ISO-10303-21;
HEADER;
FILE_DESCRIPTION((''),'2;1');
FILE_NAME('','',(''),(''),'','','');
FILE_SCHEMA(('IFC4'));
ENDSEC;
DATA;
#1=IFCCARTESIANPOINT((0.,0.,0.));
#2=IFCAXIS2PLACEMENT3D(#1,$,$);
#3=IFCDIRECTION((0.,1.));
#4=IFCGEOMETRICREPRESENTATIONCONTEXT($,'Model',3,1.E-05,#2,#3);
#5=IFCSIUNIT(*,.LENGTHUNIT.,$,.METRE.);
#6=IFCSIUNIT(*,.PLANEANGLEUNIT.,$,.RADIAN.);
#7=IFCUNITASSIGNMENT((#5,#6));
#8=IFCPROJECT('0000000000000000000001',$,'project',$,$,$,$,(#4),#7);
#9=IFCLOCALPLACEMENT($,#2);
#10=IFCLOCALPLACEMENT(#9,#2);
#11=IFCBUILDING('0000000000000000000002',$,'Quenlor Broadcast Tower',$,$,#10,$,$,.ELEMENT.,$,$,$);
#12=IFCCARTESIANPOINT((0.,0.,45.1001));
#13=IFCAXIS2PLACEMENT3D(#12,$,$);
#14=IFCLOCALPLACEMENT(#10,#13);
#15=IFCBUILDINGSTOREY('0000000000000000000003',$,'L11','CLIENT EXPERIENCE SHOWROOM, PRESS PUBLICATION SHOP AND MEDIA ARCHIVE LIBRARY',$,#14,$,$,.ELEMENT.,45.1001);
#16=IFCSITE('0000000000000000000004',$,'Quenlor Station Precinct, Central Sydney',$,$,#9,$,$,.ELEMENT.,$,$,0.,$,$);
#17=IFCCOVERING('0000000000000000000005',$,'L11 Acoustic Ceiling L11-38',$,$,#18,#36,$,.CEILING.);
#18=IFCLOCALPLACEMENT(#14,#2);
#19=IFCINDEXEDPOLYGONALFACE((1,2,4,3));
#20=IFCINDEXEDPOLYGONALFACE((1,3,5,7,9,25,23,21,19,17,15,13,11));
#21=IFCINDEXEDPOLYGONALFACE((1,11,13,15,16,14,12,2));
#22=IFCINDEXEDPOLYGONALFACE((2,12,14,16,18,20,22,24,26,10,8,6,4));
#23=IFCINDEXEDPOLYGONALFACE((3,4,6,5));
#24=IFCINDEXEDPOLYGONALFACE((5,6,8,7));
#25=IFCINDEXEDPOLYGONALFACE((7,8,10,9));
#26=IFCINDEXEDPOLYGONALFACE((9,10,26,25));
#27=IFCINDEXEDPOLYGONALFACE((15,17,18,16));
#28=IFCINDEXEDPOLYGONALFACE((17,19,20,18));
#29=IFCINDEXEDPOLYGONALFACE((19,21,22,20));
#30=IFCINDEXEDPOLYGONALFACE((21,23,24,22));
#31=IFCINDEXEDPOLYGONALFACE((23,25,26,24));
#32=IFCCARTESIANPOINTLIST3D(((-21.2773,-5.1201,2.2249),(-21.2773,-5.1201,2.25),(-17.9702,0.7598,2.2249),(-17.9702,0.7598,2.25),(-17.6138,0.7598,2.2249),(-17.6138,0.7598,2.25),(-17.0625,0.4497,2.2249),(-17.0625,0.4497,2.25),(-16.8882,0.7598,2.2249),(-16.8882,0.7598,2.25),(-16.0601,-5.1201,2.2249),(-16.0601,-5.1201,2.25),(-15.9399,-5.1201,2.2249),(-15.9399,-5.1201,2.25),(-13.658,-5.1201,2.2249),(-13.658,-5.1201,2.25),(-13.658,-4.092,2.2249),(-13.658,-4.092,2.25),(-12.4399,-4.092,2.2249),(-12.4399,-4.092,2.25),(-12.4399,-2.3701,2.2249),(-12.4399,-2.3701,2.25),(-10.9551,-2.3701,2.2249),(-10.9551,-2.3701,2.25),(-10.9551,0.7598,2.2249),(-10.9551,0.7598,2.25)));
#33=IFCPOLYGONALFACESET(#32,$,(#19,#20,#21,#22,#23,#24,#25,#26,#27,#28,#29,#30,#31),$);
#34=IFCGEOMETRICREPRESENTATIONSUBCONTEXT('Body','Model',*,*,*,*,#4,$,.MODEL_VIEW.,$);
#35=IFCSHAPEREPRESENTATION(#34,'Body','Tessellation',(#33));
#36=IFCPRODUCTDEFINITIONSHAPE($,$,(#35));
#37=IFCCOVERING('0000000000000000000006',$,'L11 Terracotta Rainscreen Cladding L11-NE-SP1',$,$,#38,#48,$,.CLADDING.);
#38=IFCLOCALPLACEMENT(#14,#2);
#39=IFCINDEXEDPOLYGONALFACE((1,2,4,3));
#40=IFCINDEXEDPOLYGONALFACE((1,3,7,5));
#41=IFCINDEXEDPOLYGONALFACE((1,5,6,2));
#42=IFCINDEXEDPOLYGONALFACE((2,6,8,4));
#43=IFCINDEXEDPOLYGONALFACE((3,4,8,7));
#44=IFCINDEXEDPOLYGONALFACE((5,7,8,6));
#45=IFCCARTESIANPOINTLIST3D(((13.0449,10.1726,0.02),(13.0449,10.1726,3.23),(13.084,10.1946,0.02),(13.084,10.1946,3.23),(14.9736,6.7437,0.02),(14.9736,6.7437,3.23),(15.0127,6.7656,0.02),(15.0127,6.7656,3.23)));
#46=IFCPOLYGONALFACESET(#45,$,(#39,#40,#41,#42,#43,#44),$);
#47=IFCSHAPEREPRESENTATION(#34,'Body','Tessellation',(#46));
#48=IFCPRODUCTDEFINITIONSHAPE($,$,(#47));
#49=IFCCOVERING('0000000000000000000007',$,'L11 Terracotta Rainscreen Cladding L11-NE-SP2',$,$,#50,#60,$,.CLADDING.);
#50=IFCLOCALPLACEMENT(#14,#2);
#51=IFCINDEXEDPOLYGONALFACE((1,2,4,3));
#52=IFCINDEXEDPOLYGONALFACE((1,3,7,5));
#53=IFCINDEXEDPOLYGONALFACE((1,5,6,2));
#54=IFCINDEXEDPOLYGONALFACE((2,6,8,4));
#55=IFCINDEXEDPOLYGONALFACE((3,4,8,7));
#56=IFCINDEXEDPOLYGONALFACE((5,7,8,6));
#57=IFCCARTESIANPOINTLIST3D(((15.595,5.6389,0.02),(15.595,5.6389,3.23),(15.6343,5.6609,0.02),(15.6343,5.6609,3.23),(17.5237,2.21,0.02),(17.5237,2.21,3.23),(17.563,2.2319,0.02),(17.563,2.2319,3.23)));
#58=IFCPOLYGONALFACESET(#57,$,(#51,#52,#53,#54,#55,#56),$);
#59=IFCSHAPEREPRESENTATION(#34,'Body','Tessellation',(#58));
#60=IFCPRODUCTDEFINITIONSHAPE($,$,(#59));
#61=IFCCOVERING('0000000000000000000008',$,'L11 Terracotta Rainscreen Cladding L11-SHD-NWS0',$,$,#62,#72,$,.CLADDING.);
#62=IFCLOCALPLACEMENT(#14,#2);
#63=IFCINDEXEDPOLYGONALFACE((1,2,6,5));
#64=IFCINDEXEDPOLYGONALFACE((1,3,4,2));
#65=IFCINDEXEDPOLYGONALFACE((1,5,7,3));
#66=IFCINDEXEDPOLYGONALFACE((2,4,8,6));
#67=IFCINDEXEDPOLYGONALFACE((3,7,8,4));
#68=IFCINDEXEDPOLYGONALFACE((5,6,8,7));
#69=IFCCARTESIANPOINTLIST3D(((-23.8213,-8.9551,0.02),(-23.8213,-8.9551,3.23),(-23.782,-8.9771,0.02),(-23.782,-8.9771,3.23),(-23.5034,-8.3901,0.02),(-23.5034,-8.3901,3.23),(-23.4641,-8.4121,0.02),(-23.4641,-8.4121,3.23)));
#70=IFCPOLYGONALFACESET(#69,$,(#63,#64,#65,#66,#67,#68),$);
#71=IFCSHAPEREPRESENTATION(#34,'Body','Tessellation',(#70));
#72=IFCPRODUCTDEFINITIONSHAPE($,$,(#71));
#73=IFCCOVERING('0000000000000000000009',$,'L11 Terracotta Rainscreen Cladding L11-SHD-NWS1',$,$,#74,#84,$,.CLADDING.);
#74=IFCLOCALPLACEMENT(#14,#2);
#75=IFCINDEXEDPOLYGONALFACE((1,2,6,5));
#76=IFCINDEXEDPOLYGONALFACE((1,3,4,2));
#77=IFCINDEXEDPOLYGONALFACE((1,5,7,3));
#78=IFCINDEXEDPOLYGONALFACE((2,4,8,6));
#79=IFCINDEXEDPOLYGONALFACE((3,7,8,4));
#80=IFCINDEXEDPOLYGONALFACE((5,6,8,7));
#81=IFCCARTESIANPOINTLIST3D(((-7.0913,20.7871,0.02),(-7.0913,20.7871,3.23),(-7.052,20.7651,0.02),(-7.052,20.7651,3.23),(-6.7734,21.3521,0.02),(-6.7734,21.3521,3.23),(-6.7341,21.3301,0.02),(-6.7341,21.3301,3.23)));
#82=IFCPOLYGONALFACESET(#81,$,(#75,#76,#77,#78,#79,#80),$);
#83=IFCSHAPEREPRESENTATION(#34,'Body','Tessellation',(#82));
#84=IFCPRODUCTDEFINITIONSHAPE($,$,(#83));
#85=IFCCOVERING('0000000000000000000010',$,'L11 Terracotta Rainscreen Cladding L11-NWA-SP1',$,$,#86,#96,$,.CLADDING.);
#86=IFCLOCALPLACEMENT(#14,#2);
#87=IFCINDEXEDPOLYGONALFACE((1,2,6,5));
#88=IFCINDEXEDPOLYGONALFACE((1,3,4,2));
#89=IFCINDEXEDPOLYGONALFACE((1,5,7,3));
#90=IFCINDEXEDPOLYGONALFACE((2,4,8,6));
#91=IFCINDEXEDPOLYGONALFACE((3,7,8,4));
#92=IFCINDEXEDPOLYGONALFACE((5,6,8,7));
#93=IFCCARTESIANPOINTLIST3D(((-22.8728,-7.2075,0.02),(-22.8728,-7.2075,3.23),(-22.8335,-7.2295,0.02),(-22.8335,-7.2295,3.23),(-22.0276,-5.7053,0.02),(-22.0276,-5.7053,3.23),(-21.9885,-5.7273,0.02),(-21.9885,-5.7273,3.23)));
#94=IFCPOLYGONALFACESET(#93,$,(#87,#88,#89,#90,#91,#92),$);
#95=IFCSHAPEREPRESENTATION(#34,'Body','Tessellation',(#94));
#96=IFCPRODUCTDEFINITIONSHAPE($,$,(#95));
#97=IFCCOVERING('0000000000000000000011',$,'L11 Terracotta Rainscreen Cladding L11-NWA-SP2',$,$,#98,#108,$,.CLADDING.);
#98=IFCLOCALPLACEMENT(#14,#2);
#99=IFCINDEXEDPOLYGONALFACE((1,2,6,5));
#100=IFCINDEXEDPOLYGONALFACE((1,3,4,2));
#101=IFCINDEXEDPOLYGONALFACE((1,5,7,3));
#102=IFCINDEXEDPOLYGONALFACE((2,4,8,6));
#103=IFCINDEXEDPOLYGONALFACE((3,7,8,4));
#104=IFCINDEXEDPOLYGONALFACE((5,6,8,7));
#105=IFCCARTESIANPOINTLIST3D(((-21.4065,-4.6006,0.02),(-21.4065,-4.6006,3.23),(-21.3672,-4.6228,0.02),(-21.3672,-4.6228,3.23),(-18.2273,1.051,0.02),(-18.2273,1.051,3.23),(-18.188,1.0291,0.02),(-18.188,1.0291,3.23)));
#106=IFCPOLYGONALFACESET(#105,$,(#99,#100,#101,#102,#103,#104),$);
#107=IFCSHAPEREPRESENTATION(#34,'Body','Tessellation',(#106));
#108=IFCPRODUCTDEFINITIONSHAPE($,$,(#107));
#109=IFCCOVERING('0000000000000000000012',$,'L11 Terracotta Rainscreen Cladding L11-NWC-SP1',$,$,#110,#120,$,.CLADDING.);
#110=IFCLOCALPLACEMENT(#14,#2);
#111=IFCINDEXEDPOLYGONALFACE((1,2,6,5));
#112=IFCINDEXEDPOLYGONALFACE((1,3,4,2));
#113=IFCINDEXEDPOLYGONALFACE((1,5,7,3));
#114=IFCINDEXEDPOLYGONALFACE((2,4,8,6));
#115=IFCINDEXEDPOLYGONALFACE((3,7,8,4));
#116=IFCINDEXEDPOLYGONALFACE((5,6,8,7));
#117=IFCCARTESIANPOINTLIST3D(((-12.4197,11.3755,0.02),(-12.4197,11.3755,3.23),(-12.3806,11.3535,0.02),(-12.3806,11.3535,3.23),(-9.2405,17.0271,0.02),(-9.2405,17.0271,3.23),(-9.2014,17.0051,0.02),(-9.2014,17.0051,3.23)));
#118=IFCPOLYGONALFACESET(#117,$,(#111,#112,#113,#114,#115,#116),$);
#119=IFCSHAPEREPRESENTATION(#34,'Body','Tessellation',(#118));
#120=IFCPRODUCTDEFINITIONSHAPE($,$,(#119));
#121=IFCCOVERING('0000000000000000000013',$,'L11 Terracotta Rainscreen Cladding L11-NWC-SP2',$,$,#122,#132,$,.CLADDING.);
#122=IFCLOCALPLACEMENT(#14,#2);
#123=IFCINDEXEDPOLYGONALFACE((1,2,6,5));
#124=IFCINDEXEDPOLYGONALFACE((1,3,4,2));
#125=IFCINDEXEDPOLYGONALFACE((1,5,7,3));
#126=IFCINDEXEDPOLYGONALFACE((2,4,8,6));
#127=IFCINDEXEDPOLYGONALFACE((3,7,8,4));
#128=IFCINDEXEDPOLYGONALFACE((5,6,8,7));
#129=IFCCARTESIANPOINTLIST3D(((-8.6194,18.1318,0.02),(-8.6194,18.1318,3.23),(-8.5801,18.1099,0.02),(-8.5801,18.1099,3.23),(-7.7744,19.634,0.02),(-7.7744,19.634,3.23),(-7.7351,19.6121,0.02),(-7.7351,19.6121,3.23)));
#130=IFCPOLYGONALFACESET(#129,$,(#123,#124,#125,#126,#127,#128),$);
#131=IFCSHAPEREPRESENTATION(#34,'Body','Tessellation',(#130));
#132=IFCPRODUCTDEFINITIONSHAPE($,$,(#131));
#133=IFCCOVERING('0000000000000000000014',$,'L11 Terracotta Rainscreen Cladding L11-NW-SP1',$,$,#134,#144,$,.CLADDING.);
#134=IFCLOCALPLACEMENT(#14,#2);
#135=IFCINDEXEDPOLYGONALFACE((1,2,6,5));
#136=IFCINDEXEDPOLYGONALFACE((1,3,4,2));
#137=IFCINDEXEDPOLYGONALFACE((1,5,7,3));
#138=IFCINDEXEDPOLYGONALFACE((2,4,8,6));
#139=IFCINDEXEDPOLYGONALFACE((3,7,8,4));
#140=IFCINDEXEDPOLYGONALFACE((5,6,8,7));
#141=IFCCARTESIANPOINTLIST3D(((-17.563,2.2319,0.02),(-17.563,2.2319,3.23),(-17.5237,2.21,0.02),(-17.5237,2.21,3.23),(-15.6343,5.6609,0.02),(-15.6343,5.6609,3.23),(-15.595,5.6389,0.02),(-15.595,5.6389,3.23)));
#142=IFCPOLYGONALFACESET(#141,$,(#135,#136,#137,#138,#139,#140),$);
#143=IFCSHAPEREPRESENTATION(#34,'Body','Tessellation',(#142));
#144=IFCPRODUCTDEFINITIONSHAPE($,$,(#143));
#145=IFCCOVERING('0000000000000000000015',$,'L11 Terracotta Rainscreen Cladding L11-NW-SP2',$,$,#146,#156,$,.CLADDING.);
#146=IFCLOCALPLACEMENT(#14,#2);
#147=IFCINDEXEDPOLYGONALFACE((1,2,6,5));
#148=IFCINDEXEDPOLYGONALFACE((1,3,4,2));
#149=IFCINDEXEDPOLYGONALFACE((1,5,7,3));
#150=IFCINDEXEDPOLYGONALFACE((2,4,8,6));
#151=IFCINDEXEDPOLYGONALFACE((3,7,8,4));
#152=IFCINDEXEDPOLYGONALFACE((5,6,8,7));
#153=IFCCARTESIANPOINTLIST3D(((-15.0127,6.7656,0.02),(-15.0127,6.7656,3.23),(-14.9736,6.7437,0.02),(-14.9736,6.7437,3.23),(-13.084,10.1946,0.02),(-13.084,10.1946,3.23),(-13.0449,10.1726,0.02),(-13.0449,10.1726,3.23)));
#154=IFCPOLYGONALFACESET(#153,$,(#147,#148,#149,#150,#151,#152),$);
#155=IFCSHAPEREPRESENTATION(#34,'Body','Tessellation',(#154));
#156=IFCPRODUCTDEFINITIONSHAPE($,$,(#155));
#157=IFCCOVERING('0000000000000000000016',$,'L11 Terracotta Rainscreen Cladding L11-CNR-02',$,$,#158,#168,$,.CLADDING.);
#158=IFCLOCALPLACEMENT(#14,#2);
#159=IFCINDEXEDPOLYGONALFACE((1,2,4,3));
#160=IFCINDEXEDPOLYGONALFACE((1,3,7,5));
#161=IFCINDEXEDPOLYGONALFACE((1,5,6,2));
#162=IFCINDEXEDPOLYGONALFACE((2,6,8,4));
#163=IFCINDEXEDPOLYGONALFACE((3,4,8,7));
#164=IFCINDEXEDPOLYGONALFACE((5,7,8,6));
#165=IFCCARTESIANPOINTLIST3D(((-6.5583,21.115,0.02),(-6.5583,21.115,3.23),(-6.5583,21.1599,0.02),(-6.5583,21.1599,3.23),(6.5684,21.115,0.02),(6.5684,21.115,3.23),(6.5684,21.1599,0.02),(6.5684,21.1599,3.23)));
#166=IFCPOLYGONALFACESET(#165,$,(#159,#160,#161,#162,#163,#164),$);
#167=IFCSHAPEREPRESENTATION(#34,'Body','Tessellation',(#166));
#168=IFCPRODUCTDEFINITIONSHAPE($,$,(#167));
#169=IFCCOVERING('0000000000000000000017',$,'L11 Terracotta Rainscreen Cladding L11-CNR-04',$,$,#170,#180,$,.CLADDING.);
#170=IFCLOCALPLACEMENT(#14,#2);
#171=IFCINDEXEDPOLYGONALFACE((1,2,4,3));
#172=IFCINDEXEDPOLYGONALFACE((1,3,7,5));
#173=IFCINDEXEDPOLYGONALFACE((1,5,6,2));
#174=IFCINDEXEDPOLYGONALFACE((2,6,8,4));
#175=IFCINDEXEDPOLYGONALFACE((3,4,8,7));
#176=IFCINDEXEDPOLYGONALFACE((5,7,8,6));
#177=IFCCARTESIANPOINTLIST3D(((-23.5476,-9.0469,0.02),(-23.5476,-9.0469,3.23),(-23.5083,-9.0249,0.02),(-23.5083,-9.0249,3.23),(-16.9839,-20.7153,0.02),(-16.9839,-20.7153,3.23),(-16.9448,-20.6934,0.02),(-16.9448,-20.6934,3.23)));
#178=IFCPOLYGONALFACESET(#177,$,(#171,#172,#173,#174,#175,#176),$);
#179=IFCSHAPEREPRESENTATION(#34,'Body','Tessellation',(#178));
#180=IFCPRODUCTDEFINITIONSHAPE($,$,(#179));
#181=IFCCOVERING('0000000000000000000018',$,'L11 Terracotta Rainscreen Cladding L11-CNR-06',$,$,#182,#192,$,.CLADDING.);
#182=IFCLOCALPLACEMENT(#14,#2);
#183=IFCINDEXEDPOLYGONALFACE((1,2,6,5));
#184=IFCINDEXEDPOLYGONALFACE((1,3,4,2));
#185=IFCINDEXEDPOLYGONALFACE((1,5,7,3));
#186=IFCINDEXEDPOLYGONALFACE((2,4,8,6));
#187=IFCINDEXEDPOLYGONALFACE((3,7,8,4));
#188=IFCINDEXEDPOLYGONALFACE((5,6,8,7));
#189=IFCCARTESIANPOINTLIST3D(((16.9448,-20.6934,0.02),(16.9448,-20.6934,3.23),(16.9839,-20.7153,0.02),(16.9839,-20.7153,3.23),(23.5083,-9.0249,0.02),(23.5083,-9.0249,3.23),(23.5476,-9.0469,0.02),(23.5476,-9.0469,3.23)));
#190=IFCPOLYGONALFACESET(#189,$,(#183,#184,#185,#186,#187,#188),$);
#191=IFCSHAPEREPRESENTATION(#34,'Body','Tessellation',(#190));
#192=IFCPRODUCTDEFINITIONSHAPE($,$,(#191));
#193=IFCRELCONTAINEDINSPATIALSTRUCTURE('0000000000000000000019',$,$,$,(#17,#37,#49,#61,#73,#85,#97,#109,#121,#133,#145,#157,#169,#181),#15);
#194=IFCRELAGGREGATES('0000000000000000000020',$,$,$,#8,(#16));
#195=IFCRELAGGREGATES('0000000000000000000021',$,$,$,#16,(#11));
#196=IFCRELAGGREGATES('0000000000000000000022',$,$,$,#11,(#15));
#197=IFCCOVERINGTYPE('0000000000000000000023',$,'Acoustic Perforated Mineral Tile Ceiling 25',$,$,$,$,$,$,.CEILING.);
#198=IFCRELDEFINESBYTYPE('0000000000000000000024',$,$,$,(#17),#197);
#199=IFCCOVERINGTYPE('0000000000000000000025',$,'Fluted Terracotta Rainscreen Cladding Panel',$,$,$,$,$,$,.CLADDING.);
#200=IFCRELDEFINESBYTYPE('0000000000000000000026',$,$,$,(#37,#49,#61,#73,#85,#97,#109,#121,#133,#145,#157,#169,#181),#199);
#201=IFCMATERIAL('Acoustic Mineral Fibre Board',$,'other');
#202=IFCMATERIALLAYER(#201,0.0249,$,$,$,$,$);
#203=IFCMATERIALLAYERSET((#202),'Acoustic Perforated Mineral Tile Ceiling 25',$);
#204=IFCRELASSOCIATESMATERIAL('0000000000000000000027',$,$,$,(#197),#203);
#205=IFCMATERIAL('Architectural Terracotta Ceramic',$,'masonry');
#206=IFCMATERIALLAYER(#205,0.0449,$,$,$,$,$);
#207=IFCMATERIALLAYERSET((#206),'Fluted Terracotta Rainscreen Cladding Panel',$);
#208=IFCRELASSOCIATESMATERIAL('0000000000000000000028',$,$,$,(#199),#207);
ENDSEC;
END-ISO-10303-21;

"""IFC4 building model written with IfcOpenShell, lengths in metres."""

from ifc_helpers import new_model, si_unit, direction, frame, origin, place, context, subcontext, project, spatial, polyline, outline, extrude, material, layer, layer_set, type_object, element, save


model = new_model("IFC4")

# Units and contexts
model_context = context("Model", 3, precision=1e-05, world=origin(), true_north=direction((0.0, 1.0)))
body_context = subcontext(model_context, "Body", "Model", "MODEL_VIEW")
ifc_project = project(units=[si_unit("LENGTHUNIT", "METRE"), si_unit("PLANEANGLEUNIT", "RADIAN")], contexts=[model_context])

# Site, building, storey
site_placement = place(None, origin())
site = spatial("IfcSite", under=ifc_project, at=site_placement, Name="Quenlor Station Precinct, Central Sydney", CompositionType="ELEMENT", RefElevation=0.0)
building_placement = place(site_placement, origin())
building = spatial("IfcBuilding", under=site, at=building_placement, Name="Quenlor Broadcast Tower", CompositionType="ELEMENT")
storey_placement = place(building_placement, frame((0.0, 0.0, 45.1001)))
storey = spatial("IfcBuildingStorey", under=building, at=storey_placement, Name="L11", Description="CLIENT EXPERIENCE SHOWROOM, PRESS PUBLICATION SHOP AND MEDIA ARCHIVE LIBRARY", CompositionType="ELEMENT", Elevation=45.1001)

# Coverings
ifc_material_1 = material(Name="Acoustic Mineral Fibre Board", Category="other")
ifc_layer_1 = layer(ifc_material_1, 0.0249)
ifc_layer_set_1 = layer_set([ifc_layer_1], Name="Acoustic Perforated Mineral Tile Ceiling 25")
covering_type_1 = type_object("IfcCoveringType", Name="Acoustic Perforated Mineral Tile Ceiling 25", PredefinedType="CEILING", material=ifc_layer_set_1)
covering_1_placement = place(storey_placement, frame((0.0, 0.0, 2.2249)))
element("IfcCovering", 1, at=covering_1_placement, inside=storey, type_object=covering_type_1, Name="L11 Acoustic Ceiling L11-38", PredefinedType="CEILING", context=body_context, shape_type="SweptSolid", body=[
    extrude(outline(polyline([(-16.8882, 0.7598), (-10.9551, 0.7598), (-10.9551, -2.3701), (-12.4399, -2.3701), (-12.4399, -4.092), (-13.658, -4.092), (-13.658, -5.1201), (-15.9399, -5.1201), (-16.0601, -5.1201), (-21.2773, -5.1201), (-17.9702, 0.7598), (-17.6138, 0.7598), (-17.0625, 0.4497), (-16.8882, 0.7598)])), origin(), (0.0, 0.0, 1.0), 0.0251),
])
ifc_material_2 = material(Name="Architectural Terracotta Ceramic", Category="masonry")
ifc_layer_2 = layer(ifc_material_2, 0.0449)
ifc_layer_set_2 = layer_set([ifc_layer_2], Name="Fluted Terracotta Rainscreen Cladding Panel")
covering_type_2 = type_object("IfcCoveringType", Name="Fluted Terracotta Rainscreen Cladding Panel", PredefinedType="CLADDING", material=ifc_layer_set_2)
covering_2_placement = place(storey_placement, frame((0.0, 0.0, 0.02)))
element("IfcCovering", 2, at=covering_2_placement, inside=storey, type_object=covering_type_2, Name="L11 Terracotta Rainscreen Cladding L11-NE-SP1", PredefinedType="CLADDING", context=body_context, shape_type="SweptSolid", body=[
    extrude(outline(polyline([(13.0449, 10.1726), (14.9736, 6.7437), (15.0127, 6.7656), (13.084, 10.1946), (13.0449, 10.1726)])), origin(), (0.0, 0.0, 1.0), 3.21),
])
covering_3_placement = place(storey_placement, frame((0.0, 0.0, 0.02)))
element("IfcCovering", 3, at=covering_3_placement, inside=storey, type_object=covering_type_2, Name="L11 Terracotta Rainscreen Cladding L11-NE-SP2", PredefinedType="CLADDING", context=body_context, shape_type="SweptSolid", body=[
    extrude(outline(polyline([(15.595, 5.6389), (17.5237, 2.21), (17.563, 2.2319), (15.6343, 5.6609), (15.595, 5.6389)])), origin(), (0.0, 0.0, 1.0), 3.21),
])
covering_4_placement = place(storey_placement, frame((0.0, 0.0, 0.02)))
element("IfcCovering", 4, at=covering_4_placement, inside=storey, type_object=covering_type_2, Name="L11 Terracotta Rainscreen Cladding L11-SHD-NWS0", PredefinedType="CLADDING", context=body_context, shape_type="SweptSolid", body=[
    extrude(outline(polyline([(-23.782, -8.9771), (-23.4641, -8.4121), (-23.5034, -8.3901), (-23.8213, -8.9551), (-23.782, -8.9771)])), origin(), (0.0, 0.0, 1.0), 3.21),
])
covering_5_placement = place(storey_placement, frame((0.0, 0.0, 0.02)))
element("IfcCovering", 5, at=covering_5_placement, inside=storey, type_object=covering_type_2, Name="L11 Terracotta Rainscreen Cladding L11-SHD-NWS1", PredefinedType="CLADDING", context=body_context, shape_type="SweptSolid", body=[
    extrude(outline(polyline([(-7.052, 20.7651), (-6.7341, 21.3301), (-6.7734, 21.3521), (-7.0913, 20.7871), (-7.052, 20.7651)])), origin(), (0.0, 0.0, 1.0), 3.21),
])
covering_6_placement = place(storey_placement, frame((0.0, 0.0, 0.02)))
element("IfcCovering", 6, at=covering_6_placement, inside=storey, type_object=covering_type_2, Name="L11 Terracotta Rainscreen Cladding L11-NWA-SP1", PredefinedType="CLADDING", context=body_context, shape_type="SweptSolid", body=[
    extrude(outline(polyline([(-22.8335, -7.2295), (-21.9885, -5.7273), (-22.0276, -5.7053), (-22.8728, -7.2075), (-22.8335, -7.2295)])), origin(), (0.0, 0.0, 1.0), 3.21),
])
covering_7_placement = place(storey_placement, frame((0.0, 0.0, 0.02)))
element("IfcCovering", 7, at=covering_7_placement, inside=storey, type_object=covering_type_2, Name="L11 Terracotta Rainscreen Cladding L11-NWA-SP2", PredefinedType="CLADDING", context=body_context, shape_type="SweptSolid", body=[
    extrude(outline(polyline([(-21.3672, -4.6228), (-18.188, 1.0291), (-18.2273, 1.051), (-21.4065, -4.6006), (-21.3672, -4.6228)])), origin(), (0.0, 0.0, 1.0), 3.21),
])
covering_8_placement = place(storey_placement, frame((0.0, 0.0, 0.02)))
element("IfcCovering", 8, at=covering_8_placement, inside=storey, type_object=covering_type_2, Name="L11 Terracotta Rainscreen Cladding L11-NWC-SP1", PredefinedType="CLADDING", context=body_context, shape_type="SweptSolid", body=[
    extrude(outline(polyline([(-12.3806, 11.3535), (-9.2014, 17.0051), (-9.2405, 17.0271), (-12.4197, 11.3755), (-12.3806, 11.3535)])), origin(), (0.0, 0.0, 1.0), 3.21),
])
covering_9_placement = place(storey_placement, frame((0.0, 0.0, 0.02)))
element("IfcCovering", 9, at=covering_9_placement, inside=storey, type_object=covering_type_2, Name="L11 Terracotta Rainscreen Cladding L11-NWC-SP2", PredefinedType="CLADDING", context=body_context, shape_type="SweptSolid", body=[
    extrude(outline(polyline([(-8.5801, 18.1099), (-7.7351, 19.6121), (-7.7744, 19.634), (-8.6194, 18.1318), (-8.5801, 18.1099)])), origin(), (0.0, 0.0, 1.0), 3.21),
])
covering_10_placement = place(storey_placement, frame((0.0, 0.0, 0.02)))
element("IfcCovering", 10, at=covering_10_placement, inside=storey, type_object=covering_type_2, Name="L11 Terracotta Rainscreen Cladding L11-NW-SP1", PredefinedType="CLADDING", context=body_context, shape_type="SweptSolid", body=[
    extrude(outline(polyline([(-17.5237, 2.21), (-15.595, 5.6389), (-15.6343, 5.6609), (-17.563, 2.2319), (-17.5237, 2.21)])), origin(), (0.0, 0.0, 1.0), 3.21),
])
covering_11_placement = place(storey_placement, frame((0.0, 0.0, 0.02)))
element("IfcCovering", 11, at=covering_11_placement, inside=storey, type_object=covering_type_2, Name="L11 Terracotta Rainscreen Cladding L11-NW-SP2", PredefinedType="CLADDING", context=body_context, shape_type="SweptSolid", body=[
    extrude(outline(polyline([(-14.9736, 6.7437), (-13.0449, 10.1726), (-13.084, 10.1946), (-15.0127, 6.7656), (-14.9736, 6.7437)])), origin(), (0.0, 0.0, 1.0), 3.21),
])
covering_12_placement = place(storey_placement, frame((0.0, 0.0, 0.02)))
element("IfcCovering", 12, at=covering_12_placement, inside=storey, type_object=covering_type_2, Name="L11 Terracotta Rainscreen Cladding L11-CNR-02", PredefinedType="CLADDING", context=body_context, shape_type="SweptSolid", body=[
    extrude(outline(polyline([(6.5684, 21.1599), (-6.5583, 21.1599), (-6.5583, 21.115), (6.5684, 21.115), (6.5684, 21.1599)])), origin(), (0.0, 0.0, 1.0), 3.21),
])
covering_13_placement = place(storey_placement, frame((0.0, 0.0, 0.02)))
element("IfcCovering", 13, at=covering_13_placement, inside=storey, type_object=covering_type_2, Name="L11 Terracotta Rainscreen Cladding L11-CNR-04", PredefinedType="CLADDING", context=body_context, shape_type="SweptSolid", body=[
    extrude(outline(polyline([(-23.5476, -9.0469), (-16.9839, -20.7153), (-16.9448, -20.6934), (-23.5083, -9.0249), (-23.5476, -9.0469)])), origin(), (0.0, 0.0, 1.0), 3.21),
])
covering_14_placement = place(storey_placement, frame((0.0, 0.0, 0.02)))
element("IfcCovering", 14, at=covering_14_placement, inside=storey, type_object=covering_type_2, Name="L11 Terracotta Rainscreen Cladding L11-CNR-06", PredefinedType="CLADDING", context=body_context, shape_type="SweptSolid", body=[
    extrude(outline(polyline([(16.9839, -20.7153), (23.5476, -9.0469), (23.5083, -9.0249), (16.9448, -20.6934), (16.9839, -20.7153)])), origin(), (0.0, 0.0, 1.0), 3.21),
])

save(model, "model.ifc")
